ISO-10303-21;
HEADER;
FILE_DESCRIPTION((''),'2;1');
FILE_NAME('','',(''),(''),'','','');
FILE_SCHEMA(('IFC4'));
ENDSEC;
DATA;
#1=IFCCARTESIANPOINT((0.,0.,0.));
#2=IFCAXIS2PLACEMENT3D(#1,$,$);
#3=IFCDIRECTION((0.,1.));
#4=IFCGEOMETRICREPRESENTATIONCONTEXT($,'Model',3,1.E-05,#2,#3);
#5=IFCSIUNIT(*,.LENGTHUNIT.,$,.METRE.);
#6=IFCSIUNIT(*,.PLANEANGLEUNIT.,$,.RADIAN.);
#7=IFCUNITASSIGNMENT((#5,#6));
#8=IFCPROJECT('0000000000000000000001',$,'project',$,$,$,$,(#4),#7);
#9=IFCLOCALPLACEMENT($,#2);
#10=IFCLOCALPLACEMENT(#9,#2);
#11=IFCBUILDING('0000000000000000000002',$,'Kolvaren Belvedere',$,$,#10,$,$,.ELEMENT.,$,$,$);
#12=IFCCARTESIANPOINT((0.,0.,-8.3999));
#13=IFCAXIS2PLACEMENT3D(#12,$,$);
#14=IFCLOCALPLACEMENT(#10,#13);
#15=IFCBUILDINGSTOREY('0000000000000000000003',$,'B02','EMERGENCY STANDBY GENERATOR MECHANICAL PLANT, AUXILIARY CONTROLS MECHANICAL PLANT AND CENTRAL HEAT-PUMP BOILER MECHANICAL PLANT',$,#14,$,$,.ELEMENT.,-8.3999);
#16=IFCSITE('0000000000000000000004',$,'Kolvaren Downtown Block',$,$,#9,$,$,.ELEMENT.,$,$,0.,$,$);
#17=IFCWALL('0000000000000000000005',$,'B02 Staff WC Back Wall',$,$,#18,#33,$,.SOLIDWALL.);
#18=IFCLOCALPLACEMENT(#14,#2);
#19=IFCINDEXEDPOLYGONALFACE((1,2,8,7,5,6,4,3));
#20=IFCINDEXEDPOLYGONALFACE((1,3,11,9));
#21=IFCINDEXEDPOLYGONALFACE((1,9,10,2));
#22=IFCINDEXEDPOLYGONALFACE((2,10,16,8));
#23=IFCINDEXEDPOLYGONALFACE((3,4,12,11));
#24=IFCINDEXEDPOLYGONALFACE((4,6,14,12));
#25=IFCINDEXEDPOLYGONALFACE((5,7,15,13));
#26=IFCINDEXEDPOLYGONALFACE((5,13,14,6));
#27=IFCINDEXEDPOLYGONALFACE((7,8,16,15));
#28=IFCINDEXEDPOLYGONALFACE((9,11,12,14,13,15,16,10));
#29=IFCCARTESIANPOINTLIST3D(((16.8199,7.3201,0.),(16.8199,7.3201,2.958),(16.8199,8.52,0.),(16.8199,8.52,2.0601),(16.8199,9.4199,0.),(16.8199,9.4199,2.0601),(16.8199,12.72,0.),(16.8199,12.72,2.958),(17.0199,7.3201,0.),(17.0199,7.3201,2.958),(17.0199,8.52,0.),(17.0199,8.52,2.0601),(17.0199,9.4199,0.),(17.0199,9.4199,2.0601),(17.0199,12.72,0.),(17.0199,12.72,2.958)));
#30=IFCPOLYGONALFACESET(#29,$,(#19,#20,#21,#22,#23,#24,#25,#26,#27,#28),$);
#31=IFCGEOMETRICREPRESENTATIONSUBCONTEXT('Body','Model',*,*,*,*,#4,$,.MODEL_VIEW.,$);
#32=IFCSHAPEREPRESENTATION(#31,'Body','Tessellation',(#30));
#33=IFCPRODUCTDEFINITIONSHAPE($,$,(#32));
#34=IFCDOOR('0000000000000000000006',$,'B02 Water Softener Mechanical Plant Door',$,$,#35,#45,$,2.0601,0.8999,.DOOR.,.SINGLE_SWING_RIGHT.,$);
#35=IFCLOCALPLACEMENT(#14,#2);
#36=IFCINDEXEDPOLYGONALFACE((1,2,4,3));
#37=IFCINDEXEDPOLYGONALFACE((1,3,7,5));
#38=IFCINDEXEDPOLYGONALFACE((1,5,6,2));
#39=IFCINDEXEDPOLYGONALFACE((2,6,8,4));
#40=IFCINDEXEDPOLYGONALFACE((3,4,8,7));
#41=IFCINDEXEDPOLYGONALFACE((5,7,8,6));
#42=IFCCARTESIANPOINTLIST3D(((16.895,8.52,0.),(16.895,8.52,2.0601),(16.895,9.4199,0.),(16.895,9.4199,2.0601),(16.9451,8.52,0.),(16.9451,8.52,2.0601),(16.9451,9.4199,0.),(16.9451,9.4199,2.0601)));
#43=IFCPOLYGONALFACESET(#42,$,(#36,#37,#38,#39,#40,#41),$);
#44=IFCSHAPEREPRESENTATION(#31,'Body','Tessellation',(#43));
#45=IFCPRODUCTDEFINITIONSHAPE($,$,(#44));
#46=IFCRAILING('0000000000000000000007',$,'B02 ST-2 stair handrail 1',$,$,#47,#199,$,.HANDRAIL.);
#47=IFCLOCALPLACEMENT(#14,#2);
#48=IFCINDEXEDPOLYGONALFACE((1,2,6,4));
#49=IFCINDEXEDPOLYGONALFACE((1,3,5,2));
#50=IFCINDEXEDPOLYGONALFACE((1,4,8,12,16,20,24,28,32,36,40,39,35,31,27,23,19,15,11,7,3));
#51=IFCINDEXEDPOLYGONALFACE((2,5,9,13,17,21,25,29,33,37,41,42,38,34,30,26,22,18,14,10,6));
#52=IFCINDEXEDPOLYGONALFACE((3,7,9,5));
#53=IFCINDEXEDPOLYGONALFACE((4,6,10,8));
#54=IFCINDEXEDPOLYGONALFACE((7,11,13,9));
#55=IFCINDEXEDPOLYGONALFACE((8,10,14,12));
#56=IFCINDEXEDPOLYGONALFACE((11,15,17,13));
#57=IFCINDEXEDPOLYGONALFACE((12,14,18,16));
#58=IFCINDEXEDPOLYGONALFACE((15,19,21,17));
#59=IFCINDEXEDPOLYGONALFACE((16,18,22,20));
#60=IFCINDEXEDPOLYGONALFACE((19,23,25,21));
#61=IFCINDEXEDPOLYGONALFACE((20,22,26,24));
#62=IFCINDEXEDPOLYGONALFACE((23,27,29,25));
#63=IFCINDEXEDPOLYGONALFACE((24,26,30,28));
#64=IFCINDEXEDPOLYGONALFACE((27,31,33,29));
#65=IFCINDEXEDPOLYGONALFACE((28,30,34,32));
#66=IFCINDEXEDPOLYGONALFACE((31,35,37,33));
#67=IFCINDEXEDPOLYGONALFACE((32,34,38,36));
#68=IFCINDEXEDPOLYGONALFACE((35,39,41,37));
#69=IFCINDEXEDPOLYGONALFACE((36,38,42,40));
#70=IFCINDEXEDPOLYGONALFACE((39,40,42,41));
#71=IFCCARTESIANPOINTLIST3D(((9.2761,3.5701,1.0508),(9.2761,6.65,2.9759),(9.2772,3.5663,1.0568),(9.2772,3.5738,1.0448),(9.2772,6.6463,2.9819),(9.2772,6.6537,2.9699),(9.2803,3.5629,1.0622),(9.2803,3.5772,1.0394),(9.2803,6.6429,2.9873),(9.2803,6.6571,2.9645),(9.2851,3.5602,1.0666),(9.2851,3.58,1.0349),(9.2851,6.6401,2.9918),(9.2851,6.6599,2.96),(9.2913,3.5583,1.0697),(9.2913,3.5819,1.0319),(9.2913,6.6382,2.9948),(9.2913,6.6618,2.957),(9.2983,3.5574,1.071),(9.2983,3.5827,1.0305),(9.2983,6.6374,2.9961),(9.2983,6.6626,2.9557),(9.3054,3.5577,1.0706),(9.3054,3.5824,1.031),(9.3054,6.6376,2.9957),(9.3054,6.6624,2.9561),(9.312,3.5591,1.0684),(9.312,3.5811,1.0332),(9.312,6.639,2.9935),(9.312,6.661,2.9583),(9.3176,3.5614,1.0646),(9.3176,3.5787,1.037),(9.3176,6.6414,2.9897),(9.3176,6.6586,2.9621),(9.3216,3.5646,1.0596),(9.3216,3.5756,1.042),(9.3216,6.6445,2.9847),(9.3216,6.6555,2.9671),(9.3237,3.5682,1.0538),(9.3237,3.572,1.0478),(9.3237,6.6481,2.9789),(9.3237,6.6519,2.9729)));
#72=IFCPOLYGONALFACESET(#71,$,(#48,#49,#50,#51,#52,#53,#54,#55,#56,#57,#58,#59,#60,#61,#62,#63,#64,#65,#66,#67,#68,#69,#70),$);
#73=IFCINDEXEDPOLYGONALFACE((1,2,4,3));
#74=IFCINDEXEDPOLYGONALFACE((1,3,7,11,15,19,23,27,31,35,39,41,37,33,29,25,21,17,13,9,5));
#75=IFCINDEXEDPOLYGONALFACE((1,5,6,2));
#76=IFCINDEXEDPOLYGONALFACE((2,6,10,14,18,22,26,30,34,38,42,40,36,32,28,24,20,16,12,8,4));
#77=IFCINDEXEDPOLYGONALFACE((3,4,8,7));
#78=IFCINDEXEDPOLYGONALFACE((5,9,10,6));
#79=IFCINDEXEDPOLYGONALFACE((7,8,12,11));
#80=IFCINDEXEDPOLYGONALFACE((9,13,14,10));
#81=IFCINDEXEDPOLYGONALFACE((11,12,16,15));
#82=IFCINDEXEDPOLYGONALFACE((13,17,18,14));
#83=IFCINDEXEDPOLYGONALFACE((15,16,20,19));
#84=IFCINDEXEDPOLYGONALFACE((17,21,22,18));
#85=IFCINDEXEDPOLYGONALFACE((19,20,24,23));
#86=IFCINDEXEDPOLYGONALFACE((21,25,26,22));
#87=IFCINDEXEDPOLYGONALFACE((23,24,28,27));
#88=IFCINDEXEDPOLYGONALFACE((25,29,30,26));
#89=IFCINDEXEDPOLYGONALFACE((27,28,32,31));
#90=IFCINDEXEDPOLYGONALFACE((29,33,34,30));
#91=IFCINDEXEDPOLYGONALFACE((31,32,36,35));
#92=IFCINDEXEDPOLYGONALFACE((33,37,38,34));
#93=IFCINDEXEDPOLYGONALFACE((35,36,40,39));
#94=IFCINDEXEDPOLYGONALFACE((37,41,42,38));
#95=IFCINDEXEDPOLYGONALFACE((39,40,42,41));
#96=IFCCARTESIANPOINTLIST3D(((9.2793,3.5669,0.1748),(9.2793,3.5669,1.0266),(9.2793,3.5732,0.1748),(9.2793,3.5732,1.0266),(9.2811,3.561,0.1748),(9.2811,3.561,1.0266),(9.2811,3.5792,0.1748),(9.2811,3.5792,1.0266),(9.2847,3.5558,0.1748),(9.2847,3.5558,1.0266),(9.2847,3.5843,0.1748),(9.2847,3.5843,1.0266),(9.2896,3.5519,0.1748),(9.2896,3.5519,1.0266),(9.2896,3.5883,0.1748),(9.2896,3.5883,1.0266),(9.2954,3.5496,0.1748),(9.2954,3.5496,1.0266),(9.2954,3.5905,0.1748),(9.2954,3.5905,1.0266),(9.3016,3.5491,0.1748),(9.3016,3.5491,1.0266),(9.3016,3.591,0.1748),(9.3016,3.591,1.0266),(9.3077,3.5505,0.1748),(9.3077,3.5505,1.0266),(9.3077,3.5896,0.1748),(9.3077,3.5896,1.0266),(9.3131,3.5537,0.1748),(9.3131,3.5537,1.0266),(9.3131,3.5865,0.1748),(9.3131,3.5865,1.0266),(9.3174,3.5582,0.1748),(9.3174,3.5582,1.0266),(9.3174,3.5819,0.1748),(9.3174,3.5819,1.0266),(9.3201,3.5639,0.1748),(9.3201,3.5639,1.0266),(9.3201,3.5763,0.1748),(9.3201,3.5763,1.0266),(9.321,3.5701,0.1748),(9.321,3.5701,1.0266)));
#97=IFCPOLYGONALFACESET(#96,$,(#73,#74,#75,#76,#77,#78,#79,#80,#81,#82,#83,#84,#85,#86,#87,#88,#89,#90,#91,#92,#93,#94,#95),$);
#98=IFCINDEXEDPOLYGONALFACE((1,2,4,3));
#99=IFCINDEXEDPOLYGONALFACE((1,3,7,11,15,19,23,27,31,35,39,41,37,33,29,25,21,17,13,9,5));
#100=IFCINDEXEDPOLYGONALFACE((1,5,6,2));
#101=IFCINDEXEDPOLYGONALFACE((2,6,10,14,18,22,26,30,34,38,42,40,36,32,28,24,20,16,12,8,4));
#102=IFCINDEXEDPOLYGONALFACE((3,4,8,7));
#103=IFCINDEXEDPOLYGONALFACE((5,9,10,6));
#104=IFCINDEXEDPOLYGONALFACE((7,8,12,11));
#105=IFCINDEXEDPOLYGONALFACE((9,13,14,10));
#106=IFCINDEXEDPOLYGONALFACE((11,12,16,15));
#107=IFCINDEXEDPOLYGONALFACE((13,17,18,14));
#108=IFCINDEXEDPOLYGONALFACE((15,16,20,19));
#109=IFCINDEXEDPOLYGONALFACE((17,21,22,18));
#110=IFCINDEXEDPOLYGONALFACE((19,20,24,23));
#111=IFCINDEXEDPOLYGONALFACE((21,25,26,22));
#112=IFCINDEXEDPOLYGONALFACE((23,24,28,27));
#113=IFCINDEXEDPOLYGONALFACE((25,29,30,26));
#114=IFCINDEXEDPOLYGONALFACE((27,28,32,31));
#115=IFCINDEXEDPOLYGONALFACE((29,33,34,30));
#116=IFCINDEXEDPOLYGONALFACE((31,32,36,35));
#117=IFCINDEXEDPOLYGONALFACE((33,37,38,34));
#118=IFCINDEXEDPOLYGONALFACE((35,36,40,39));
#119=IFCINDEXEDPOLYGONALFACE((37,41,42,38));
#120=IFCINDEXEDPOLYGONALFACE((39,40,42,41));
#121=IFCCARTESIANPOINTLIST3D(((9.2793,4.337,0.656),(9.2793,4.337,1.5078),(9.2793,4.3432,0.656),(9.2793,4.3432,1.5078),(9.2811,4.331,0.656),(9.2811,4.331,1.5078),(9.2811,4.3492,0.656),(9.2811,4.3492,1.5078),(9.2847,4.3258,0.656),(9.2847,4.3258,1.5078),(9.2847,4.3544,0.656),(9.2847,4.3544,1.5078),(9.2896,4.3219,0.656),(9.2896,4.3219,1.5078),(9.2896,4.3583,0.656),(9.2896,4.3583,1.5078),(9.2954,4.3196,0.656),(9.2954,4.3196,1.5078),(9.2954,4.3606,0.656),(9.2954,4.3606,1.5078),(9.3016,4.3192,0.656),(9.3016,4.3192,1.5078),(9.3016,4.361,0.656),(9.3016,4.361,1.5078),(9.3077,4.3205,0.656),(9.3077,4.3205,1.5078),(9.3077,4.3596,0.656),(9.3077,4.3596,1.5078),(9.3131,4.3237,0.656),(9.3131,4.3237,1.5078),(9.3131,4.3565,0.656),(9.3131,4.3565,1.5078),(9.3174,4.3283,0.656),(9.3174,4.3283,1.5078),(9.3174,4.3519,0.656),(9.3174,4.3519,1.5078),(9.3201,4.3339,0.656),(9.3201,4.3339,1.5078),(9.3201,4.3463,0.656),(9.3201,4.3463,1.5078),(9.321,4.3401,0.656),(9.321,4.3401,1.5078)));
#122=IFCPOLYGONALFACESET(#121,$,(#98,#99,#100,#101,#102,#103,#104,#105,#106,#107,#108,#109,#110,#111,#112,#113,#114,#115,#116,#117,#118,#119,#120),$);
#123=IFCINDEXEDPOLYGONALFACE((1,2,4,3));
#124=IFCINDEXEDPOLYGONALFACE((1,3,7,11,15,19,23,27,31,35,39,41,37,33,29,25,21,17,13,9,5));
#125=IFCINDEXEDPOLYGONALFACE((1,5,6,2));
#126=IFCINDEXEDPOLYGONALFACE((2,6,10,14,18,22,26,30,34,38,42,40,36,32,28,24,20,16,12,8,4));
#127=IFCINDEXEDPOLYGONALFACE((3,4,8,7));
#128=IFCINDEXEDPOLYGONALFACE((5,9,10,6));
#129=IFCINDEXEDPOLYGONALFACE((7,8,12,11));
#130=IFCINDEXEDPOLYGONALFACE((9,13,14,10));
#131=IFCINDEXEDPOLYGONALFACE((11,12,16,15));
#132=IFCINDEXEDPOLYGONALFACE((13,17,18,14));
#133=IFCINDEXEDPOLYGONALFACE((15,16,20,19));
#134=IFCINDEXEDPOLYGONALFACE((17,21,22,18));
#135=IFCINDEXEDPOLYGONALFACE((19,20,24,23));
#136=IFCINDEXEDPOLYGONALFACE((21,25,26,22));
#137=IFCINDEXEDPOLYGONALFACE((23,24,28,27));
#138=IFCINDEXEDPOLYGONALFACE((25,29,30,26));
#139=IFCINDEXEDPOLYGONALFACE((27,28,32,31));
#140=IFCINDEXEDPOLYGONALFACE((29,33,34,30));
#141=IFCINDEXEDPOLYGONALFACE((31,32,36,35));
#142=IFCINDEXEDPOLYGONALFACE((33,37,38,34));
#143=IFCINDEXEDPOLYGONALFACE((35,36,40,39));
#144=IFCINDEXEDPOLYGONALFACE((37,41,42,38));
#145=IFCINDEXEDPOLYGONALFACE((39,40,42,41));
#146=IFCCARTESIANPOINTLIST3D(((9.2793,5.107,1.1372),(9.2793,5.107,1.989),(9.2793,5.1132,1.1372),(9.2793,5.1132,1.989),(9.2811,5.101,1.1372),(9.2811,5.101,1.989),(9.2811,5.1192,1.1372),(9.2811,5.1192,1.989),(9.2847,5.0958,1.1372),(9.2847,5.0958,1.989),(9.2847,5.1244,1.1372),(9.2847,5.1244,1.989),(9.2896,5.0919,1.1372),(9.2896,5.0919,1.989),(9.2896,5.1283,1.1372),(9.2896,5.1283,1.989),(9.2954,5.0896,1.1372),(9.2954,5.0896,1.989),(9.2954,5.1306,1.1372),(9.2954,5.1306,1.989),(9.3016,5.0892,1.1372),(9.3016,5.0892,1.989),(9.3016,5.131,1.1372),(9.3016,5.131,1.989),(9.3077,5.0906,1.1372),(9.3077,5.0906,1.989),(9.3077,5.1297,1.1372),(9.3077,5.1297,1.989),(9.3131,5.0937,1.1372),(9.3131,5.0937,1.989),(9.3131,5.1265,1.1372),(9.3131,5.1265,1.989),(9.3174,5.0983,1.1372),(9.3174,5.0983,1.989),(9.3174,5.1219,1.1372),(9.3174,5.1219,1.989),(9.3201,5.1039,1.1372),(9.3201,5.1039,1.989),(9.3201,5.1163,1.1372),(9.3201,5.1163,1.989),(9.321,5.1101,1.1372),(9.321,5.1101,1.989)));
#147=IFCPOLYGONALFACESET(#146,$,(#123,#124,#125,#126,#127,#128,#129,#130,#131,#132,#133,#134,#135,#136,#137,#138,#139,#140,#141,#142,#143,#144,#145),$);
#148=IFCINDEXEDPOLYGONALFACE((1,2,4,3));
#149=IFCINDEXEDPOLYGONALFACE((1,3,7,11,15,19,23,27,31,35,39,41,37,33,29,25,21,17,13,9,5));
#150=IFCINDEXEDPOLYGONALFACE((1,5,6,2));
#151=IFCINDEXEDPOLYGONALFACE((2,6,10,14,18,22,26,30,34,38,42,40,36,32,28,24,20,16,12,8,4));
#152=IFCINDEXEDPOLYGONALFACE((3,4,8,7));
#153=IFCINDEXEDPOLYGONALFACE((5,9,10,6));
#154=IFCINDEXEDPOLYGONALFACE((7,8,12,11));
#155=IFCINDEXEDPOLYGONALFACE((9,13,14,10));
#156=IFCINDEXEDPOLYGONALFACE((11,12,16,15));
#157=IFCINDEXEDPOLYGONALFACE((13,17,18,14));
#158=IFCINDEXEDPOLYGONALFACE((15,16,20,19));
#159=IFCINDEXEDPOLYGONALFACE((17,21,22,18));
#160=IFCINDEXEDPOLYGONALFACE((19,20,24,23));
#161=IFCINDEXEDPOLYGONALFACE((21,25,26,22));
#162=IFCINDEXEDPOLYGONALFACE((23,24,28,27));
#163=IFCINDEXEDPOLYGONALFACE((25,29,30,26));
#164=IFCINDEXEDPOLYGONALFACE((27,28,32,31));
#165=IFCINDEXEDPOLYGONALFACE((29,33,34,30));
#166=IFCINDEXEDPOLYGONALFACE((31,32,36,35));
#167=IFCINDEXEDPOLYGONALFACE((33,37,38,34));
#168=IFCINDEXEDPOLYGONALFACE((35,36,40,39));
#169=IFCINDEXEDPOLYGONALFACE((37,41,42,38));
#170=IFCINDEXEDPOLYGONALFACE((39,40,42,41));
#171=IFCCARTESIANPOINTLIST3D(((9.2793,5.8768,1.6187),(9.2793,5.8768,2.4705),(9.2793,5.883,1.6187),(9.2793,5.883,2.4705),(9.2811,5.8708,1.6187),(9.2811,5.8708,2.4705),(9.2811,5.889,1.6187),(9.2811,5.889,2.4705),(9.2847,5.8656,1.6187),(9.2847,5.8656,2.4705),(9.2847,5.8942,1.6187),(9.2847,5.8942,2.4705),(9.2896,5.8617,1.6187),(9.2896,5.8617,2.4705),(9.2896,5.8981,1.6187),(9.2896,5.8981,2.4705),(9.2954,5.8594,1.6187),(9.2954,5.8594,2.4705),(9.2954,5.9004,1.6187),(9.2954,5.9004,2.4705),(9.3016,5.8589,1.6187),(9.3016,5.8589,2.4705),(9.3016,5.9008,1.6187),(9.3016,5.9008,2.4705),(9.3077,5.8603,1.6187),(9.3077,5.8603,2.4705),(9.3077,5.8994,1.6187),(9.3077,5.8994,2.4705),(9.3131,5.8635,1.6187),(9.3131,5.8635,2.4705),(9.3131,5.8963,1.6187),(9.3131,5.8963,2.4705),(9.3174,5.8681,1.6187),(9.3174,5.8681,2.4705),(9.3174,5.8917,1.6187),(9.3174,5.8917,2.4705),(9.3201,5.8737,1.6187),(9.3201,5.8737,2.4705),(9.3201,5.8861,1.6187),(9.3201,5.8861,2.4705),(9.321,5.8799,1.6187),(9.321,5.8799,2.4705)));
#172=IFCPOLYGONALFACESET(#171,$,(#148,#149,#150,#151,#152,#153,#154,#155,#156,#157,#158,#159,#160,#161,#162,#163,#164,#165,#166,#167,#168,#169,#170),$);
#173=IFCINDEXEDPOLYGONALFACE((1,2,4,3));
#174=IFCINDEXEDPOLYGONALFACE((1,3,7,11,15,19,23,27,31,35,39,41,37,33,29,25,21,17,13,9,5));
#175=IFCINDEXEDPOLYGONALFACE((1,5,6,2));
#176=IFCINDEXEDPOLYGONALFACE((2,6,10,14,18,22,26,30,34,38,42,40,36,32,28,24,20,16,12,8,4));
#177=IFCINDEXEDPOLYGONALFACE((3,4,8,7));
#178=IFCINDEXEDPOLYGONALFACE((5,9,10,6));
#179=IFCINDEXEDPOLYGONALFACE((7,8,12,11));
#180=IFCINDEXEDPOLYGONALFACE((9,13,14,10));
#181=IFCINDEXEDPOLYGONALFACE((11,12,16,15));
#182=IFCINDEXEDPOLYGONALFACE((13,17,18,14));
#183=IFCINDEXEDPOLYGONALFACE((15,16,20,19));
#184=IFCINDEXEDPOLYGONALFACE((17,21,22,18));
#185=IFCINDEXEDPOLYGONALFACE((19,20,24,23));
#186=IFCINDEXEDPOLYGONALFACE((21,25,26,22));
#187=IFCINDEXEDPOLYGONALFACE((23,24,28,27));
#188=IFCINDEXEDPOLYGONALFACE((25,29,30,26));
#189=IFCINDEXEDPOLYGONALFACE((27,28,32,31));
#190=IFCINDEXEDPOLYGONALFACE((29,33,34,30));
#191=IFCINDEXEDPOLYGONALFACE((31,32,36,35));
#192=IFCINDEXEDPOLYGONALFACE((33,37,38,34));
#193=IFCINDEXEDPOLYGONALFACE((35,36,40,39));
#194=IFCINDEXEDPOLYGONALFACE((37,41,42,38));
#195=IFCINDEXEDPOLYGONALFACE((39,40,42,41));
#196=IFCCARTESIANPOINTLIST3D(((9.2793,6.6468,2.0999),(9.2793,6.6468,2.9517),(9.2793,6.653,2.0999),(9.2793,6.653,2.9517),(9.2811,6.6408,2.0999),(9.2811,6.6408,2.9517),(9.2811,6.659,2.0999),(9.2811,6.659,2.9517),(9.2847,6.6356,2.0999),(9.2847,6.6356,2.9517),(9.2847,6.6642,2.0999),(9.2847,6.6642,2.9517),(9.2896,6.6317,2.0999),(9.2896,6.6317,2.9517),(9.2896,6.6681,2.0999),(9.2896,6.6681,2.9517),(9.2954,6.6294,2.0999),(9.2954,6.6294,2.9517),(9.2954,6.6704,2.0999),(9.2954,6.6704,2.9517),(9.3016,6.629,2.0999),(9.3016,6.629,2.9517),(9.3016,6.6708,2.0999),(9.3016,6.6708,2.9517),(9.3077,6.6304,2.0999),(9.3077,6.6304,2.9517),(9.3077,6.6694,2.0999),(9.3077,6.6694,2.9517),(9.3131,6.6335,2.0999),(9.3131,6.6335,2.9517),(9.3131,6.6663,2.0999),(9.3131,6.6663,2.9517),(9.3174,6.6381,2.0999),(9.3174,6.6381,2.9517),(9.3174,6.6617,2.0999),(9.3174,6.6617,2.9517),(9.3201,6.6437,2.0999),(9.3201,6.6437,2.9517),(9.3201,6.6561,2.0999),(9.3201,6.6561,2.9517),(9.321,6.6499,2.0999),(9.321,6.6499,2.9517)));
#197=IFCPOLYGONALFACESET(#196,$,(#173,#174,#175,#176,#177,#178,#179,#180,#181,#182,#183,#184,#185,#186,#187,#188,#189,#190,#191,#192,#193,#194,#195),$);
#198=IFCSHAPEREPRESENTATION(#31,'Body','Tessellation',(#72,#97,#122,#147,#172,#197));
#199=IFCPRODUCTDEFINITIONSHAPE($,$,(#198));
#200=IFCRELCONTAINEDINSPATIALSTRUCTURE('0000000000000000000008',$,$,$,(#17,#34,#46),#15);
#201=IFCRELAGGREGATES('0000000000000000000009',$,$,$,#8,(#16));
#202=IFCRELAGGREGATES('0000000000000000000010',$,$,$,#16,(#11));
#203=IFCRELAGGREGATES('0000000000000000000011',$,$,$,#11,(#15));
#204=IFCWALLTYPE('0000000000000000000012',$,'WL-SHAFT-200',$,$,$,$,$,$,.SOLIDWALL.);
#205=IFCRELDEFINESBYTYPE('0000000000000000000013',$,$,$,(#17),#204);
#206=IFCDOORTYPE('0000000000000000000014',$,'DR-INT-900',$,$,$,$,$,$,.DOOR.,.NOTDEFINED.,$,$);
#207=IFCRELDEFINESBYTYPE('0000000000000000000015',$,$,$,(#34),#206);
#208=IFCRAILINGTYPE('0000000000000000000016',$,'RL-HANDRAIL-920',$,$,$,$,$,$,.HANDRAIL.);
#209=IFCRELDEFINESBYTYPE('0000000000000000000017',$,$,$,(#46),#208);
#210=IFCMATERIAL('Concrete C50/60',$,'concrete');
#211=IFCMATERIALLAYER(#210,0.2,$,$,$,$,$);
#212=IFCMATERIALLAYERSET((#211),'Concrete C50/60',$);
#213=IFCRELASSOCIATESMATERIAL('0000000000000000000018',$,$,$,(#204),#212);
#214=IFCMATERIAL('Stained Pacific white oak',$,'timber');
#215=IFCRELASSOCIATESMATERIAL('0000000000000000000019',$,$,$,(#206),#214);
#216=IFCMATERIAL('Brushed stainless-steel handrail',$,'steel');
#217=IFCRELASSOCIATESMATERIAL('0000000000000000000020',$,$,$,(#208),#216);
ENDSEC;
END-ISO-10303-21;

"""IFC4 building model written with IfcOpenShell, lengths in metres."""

from ifc_helpers import new_model, si_unit, direction, frame, frame_2d, origin, origin_2d, place, context, subcontext, project, spatial, rectangle, circle, extrude, material, layer, layer_set, type_object, element, fill, save


model = new_model("IFC4")

# Units and contexts
model_context = context("Model", 3, precision=1e-05, world=origin(), true_north=direction((0.0, 1.0)))
body_context = subcontext(model_context, "Body", "Model", "MODEL_VIEW")
ifc_project = project(units=[si_unit("LENGTHUNIT", "METRE"), si_unit("PLANEANGLEUNIT", "RADIAN")], contexts=[model_context])

# Site, building, storey
site_placement = place(None, origin())
site = spatial("IfcSite", under=ifc_project, at=site_placement, Name="Kolvaren Downtown Block", CompositionType="ELEMENT", RefElevation=0.0)
building_placement = place(site_placement, origin())
building = spatial("IfcBuilding", under=site, at=building_placement, Name="Kolvaren Belvedere", CompositionType="ELEMENT")
storey_placement = place(building_placement, frame((0.0, 0.0, -8.3999)))
storey = spatial("IfcBuildingStorey", under=building, at=storey_placement, Name="B02", Description="EMERGENCY STANDBY GENERATOR MECHANICAL PLANT, AUXILIARY CONTROLS MECHANICAL PLANT AND CENTRAL HEAT-PUMP BOILER MECHANICAL PLANT", CompositionType="ELEMENT", Elevation=-8.3999)

# Shared definitions
ifc_material_1 = material(Name="Concrete C50/60", Category="concrete")
ifc_layer_1 = layer(ifc_material_1, 0.2)
ifc_layer_set_1 = layer_set([ifc_layer_1], Name="Concrete C50/60")
wall_type_1 = type_object("IfcWallType", Name="WL-SHAFT-200", PredefinedType="SOLIDWALL", material=ifc_layer_set_1)

# Wall, opening, door
wall_1_placement = place(storey_placement, frame((16.9199, 7.3201, 0.0), z_axis=(0.0, 0.0, 1.0), x_axis=(0.0, 1.0, 0.0)))
wall_1 = element("IfcWall", 1, at=wall_1_placement, inside=storey, type_object=wall_type_1, Name="B02 Staff WC Back Wall", PredefinedType="SOLIDWALL", context=body_context, shape_type="SweptSolid", body=[
    extrude(rectangle(XDim=5.3999, YDim=0.2, at=frame_2d((2.7, 0.0))), origin(), (0.0, 0.0, 1.0), 2.958),
])
opening_placement = place(wall_1_placement, frame((1.2, 0.0, 0.0)))
opening = element("IfcOpeningElement", 2, at=opening_placement, cuts=wall_1, PredefinedType="OPENING", context=body_context, shape_type="SweptSolid", body=[
    extrude(rectangle(XDim=0.8999, YDim=2.0601, at=frame_2d((0.45, 1.03))), frame((0.0, 0.1099, 0.0), z_axis=(0.0, -1.0, 0.0), x_axis=(1.0, 0.0, 0.0)), (0.0, 0.0, 1.0), 0.22),
])
ifc_material_2 = material(Name="Stained Pacific white oak", Category="timber")
door_type = type_object("IfcDoorType", Name="DR-INT-900", OperationType="NOTDEFINED", PredefinedType="DOOR", material=ifc_material_2)
door_placement = place(opening_placement, origin())
door = element("IfcDoor", 3, at=door_placement, inside=storey, type_object=door_type, Name="B02 Water Softener Mechanical Plant Door", OperationType="SINGLE_SWING_RIGHT", OverallHeight=2.0601, OverallWidth=0.8999, PredefinedType="DOOR", context=body_context, shape_type="SweptSolid", body=[
    extrude(rectangle(XDim=0.8999, YDim=2.0601, at=frame_2d((0.45, 1.03))), frame((0.0, 0.0249, 0.0), z_axis=(0.0, -1.0, 0.0), x_axis=(1.0, 0.0, 0.0)), (0.0, 0.0, 1.0), 0.05),
])
fill(opening, door)

# Railing
ifc_material_3 = material(Name="Brushed stainless-steel handrail", Category="steel")
railing_type = type_object("IfcRailingType", Name="RL-HANDRAIL-920", PredefinedType="HANDRAIL", material=ifc_material_3)
railing_placement = place(storey_placement, frame((9.3, 3.5701, 0.1748)))
element("IfcRailing", 4, at=railing_placement, inside=storey, type_object=railing_type, Name="B02 ST-2 stair handrail 1", PredefinedType="HANDRAIL", context=body_context, shape_type="SweptSolid", body=[
    extrude(circle(Radius=0.0239, at=origin_2d()), frame((0.0, 0.0, 0.876), z_axis=(0.0, 0.847979, 0.530029), x_axis=(-1.0, 0.0, 0.0)), (0.0, 0.0, 1.0), 3.6321),
    extrude(circle(Radius=0.021, at=origin_2d()), origin(), (0.0, 0.0, 1.0), 0.8518),
    extrude(circle(Radius=0.021, at=origin_2d()), frame((0.0, 0.77, 0.4812)), (0.0, 0.0, 1.0), 0.8518),
    extrude(circle(Radius=0.021, at=origin_2d()), frame((0.0, 1.54, 0.9624)), (0.0, 0.0, 1.0), 0.8518),
    extrude(circle(Radius=0.021, at=origin_2d()), frame((0.0, 2.3098, 1.4438)), (0.0, 0.0, 1.0), 0.8518),
    extrude(circle(Radius=0.021, at=origin_2d()), frame((0.0, 3.0798, 1.925)), (0.0, 0.0, 1.0), 0.8518),
])

save(model, "model.ifc")
